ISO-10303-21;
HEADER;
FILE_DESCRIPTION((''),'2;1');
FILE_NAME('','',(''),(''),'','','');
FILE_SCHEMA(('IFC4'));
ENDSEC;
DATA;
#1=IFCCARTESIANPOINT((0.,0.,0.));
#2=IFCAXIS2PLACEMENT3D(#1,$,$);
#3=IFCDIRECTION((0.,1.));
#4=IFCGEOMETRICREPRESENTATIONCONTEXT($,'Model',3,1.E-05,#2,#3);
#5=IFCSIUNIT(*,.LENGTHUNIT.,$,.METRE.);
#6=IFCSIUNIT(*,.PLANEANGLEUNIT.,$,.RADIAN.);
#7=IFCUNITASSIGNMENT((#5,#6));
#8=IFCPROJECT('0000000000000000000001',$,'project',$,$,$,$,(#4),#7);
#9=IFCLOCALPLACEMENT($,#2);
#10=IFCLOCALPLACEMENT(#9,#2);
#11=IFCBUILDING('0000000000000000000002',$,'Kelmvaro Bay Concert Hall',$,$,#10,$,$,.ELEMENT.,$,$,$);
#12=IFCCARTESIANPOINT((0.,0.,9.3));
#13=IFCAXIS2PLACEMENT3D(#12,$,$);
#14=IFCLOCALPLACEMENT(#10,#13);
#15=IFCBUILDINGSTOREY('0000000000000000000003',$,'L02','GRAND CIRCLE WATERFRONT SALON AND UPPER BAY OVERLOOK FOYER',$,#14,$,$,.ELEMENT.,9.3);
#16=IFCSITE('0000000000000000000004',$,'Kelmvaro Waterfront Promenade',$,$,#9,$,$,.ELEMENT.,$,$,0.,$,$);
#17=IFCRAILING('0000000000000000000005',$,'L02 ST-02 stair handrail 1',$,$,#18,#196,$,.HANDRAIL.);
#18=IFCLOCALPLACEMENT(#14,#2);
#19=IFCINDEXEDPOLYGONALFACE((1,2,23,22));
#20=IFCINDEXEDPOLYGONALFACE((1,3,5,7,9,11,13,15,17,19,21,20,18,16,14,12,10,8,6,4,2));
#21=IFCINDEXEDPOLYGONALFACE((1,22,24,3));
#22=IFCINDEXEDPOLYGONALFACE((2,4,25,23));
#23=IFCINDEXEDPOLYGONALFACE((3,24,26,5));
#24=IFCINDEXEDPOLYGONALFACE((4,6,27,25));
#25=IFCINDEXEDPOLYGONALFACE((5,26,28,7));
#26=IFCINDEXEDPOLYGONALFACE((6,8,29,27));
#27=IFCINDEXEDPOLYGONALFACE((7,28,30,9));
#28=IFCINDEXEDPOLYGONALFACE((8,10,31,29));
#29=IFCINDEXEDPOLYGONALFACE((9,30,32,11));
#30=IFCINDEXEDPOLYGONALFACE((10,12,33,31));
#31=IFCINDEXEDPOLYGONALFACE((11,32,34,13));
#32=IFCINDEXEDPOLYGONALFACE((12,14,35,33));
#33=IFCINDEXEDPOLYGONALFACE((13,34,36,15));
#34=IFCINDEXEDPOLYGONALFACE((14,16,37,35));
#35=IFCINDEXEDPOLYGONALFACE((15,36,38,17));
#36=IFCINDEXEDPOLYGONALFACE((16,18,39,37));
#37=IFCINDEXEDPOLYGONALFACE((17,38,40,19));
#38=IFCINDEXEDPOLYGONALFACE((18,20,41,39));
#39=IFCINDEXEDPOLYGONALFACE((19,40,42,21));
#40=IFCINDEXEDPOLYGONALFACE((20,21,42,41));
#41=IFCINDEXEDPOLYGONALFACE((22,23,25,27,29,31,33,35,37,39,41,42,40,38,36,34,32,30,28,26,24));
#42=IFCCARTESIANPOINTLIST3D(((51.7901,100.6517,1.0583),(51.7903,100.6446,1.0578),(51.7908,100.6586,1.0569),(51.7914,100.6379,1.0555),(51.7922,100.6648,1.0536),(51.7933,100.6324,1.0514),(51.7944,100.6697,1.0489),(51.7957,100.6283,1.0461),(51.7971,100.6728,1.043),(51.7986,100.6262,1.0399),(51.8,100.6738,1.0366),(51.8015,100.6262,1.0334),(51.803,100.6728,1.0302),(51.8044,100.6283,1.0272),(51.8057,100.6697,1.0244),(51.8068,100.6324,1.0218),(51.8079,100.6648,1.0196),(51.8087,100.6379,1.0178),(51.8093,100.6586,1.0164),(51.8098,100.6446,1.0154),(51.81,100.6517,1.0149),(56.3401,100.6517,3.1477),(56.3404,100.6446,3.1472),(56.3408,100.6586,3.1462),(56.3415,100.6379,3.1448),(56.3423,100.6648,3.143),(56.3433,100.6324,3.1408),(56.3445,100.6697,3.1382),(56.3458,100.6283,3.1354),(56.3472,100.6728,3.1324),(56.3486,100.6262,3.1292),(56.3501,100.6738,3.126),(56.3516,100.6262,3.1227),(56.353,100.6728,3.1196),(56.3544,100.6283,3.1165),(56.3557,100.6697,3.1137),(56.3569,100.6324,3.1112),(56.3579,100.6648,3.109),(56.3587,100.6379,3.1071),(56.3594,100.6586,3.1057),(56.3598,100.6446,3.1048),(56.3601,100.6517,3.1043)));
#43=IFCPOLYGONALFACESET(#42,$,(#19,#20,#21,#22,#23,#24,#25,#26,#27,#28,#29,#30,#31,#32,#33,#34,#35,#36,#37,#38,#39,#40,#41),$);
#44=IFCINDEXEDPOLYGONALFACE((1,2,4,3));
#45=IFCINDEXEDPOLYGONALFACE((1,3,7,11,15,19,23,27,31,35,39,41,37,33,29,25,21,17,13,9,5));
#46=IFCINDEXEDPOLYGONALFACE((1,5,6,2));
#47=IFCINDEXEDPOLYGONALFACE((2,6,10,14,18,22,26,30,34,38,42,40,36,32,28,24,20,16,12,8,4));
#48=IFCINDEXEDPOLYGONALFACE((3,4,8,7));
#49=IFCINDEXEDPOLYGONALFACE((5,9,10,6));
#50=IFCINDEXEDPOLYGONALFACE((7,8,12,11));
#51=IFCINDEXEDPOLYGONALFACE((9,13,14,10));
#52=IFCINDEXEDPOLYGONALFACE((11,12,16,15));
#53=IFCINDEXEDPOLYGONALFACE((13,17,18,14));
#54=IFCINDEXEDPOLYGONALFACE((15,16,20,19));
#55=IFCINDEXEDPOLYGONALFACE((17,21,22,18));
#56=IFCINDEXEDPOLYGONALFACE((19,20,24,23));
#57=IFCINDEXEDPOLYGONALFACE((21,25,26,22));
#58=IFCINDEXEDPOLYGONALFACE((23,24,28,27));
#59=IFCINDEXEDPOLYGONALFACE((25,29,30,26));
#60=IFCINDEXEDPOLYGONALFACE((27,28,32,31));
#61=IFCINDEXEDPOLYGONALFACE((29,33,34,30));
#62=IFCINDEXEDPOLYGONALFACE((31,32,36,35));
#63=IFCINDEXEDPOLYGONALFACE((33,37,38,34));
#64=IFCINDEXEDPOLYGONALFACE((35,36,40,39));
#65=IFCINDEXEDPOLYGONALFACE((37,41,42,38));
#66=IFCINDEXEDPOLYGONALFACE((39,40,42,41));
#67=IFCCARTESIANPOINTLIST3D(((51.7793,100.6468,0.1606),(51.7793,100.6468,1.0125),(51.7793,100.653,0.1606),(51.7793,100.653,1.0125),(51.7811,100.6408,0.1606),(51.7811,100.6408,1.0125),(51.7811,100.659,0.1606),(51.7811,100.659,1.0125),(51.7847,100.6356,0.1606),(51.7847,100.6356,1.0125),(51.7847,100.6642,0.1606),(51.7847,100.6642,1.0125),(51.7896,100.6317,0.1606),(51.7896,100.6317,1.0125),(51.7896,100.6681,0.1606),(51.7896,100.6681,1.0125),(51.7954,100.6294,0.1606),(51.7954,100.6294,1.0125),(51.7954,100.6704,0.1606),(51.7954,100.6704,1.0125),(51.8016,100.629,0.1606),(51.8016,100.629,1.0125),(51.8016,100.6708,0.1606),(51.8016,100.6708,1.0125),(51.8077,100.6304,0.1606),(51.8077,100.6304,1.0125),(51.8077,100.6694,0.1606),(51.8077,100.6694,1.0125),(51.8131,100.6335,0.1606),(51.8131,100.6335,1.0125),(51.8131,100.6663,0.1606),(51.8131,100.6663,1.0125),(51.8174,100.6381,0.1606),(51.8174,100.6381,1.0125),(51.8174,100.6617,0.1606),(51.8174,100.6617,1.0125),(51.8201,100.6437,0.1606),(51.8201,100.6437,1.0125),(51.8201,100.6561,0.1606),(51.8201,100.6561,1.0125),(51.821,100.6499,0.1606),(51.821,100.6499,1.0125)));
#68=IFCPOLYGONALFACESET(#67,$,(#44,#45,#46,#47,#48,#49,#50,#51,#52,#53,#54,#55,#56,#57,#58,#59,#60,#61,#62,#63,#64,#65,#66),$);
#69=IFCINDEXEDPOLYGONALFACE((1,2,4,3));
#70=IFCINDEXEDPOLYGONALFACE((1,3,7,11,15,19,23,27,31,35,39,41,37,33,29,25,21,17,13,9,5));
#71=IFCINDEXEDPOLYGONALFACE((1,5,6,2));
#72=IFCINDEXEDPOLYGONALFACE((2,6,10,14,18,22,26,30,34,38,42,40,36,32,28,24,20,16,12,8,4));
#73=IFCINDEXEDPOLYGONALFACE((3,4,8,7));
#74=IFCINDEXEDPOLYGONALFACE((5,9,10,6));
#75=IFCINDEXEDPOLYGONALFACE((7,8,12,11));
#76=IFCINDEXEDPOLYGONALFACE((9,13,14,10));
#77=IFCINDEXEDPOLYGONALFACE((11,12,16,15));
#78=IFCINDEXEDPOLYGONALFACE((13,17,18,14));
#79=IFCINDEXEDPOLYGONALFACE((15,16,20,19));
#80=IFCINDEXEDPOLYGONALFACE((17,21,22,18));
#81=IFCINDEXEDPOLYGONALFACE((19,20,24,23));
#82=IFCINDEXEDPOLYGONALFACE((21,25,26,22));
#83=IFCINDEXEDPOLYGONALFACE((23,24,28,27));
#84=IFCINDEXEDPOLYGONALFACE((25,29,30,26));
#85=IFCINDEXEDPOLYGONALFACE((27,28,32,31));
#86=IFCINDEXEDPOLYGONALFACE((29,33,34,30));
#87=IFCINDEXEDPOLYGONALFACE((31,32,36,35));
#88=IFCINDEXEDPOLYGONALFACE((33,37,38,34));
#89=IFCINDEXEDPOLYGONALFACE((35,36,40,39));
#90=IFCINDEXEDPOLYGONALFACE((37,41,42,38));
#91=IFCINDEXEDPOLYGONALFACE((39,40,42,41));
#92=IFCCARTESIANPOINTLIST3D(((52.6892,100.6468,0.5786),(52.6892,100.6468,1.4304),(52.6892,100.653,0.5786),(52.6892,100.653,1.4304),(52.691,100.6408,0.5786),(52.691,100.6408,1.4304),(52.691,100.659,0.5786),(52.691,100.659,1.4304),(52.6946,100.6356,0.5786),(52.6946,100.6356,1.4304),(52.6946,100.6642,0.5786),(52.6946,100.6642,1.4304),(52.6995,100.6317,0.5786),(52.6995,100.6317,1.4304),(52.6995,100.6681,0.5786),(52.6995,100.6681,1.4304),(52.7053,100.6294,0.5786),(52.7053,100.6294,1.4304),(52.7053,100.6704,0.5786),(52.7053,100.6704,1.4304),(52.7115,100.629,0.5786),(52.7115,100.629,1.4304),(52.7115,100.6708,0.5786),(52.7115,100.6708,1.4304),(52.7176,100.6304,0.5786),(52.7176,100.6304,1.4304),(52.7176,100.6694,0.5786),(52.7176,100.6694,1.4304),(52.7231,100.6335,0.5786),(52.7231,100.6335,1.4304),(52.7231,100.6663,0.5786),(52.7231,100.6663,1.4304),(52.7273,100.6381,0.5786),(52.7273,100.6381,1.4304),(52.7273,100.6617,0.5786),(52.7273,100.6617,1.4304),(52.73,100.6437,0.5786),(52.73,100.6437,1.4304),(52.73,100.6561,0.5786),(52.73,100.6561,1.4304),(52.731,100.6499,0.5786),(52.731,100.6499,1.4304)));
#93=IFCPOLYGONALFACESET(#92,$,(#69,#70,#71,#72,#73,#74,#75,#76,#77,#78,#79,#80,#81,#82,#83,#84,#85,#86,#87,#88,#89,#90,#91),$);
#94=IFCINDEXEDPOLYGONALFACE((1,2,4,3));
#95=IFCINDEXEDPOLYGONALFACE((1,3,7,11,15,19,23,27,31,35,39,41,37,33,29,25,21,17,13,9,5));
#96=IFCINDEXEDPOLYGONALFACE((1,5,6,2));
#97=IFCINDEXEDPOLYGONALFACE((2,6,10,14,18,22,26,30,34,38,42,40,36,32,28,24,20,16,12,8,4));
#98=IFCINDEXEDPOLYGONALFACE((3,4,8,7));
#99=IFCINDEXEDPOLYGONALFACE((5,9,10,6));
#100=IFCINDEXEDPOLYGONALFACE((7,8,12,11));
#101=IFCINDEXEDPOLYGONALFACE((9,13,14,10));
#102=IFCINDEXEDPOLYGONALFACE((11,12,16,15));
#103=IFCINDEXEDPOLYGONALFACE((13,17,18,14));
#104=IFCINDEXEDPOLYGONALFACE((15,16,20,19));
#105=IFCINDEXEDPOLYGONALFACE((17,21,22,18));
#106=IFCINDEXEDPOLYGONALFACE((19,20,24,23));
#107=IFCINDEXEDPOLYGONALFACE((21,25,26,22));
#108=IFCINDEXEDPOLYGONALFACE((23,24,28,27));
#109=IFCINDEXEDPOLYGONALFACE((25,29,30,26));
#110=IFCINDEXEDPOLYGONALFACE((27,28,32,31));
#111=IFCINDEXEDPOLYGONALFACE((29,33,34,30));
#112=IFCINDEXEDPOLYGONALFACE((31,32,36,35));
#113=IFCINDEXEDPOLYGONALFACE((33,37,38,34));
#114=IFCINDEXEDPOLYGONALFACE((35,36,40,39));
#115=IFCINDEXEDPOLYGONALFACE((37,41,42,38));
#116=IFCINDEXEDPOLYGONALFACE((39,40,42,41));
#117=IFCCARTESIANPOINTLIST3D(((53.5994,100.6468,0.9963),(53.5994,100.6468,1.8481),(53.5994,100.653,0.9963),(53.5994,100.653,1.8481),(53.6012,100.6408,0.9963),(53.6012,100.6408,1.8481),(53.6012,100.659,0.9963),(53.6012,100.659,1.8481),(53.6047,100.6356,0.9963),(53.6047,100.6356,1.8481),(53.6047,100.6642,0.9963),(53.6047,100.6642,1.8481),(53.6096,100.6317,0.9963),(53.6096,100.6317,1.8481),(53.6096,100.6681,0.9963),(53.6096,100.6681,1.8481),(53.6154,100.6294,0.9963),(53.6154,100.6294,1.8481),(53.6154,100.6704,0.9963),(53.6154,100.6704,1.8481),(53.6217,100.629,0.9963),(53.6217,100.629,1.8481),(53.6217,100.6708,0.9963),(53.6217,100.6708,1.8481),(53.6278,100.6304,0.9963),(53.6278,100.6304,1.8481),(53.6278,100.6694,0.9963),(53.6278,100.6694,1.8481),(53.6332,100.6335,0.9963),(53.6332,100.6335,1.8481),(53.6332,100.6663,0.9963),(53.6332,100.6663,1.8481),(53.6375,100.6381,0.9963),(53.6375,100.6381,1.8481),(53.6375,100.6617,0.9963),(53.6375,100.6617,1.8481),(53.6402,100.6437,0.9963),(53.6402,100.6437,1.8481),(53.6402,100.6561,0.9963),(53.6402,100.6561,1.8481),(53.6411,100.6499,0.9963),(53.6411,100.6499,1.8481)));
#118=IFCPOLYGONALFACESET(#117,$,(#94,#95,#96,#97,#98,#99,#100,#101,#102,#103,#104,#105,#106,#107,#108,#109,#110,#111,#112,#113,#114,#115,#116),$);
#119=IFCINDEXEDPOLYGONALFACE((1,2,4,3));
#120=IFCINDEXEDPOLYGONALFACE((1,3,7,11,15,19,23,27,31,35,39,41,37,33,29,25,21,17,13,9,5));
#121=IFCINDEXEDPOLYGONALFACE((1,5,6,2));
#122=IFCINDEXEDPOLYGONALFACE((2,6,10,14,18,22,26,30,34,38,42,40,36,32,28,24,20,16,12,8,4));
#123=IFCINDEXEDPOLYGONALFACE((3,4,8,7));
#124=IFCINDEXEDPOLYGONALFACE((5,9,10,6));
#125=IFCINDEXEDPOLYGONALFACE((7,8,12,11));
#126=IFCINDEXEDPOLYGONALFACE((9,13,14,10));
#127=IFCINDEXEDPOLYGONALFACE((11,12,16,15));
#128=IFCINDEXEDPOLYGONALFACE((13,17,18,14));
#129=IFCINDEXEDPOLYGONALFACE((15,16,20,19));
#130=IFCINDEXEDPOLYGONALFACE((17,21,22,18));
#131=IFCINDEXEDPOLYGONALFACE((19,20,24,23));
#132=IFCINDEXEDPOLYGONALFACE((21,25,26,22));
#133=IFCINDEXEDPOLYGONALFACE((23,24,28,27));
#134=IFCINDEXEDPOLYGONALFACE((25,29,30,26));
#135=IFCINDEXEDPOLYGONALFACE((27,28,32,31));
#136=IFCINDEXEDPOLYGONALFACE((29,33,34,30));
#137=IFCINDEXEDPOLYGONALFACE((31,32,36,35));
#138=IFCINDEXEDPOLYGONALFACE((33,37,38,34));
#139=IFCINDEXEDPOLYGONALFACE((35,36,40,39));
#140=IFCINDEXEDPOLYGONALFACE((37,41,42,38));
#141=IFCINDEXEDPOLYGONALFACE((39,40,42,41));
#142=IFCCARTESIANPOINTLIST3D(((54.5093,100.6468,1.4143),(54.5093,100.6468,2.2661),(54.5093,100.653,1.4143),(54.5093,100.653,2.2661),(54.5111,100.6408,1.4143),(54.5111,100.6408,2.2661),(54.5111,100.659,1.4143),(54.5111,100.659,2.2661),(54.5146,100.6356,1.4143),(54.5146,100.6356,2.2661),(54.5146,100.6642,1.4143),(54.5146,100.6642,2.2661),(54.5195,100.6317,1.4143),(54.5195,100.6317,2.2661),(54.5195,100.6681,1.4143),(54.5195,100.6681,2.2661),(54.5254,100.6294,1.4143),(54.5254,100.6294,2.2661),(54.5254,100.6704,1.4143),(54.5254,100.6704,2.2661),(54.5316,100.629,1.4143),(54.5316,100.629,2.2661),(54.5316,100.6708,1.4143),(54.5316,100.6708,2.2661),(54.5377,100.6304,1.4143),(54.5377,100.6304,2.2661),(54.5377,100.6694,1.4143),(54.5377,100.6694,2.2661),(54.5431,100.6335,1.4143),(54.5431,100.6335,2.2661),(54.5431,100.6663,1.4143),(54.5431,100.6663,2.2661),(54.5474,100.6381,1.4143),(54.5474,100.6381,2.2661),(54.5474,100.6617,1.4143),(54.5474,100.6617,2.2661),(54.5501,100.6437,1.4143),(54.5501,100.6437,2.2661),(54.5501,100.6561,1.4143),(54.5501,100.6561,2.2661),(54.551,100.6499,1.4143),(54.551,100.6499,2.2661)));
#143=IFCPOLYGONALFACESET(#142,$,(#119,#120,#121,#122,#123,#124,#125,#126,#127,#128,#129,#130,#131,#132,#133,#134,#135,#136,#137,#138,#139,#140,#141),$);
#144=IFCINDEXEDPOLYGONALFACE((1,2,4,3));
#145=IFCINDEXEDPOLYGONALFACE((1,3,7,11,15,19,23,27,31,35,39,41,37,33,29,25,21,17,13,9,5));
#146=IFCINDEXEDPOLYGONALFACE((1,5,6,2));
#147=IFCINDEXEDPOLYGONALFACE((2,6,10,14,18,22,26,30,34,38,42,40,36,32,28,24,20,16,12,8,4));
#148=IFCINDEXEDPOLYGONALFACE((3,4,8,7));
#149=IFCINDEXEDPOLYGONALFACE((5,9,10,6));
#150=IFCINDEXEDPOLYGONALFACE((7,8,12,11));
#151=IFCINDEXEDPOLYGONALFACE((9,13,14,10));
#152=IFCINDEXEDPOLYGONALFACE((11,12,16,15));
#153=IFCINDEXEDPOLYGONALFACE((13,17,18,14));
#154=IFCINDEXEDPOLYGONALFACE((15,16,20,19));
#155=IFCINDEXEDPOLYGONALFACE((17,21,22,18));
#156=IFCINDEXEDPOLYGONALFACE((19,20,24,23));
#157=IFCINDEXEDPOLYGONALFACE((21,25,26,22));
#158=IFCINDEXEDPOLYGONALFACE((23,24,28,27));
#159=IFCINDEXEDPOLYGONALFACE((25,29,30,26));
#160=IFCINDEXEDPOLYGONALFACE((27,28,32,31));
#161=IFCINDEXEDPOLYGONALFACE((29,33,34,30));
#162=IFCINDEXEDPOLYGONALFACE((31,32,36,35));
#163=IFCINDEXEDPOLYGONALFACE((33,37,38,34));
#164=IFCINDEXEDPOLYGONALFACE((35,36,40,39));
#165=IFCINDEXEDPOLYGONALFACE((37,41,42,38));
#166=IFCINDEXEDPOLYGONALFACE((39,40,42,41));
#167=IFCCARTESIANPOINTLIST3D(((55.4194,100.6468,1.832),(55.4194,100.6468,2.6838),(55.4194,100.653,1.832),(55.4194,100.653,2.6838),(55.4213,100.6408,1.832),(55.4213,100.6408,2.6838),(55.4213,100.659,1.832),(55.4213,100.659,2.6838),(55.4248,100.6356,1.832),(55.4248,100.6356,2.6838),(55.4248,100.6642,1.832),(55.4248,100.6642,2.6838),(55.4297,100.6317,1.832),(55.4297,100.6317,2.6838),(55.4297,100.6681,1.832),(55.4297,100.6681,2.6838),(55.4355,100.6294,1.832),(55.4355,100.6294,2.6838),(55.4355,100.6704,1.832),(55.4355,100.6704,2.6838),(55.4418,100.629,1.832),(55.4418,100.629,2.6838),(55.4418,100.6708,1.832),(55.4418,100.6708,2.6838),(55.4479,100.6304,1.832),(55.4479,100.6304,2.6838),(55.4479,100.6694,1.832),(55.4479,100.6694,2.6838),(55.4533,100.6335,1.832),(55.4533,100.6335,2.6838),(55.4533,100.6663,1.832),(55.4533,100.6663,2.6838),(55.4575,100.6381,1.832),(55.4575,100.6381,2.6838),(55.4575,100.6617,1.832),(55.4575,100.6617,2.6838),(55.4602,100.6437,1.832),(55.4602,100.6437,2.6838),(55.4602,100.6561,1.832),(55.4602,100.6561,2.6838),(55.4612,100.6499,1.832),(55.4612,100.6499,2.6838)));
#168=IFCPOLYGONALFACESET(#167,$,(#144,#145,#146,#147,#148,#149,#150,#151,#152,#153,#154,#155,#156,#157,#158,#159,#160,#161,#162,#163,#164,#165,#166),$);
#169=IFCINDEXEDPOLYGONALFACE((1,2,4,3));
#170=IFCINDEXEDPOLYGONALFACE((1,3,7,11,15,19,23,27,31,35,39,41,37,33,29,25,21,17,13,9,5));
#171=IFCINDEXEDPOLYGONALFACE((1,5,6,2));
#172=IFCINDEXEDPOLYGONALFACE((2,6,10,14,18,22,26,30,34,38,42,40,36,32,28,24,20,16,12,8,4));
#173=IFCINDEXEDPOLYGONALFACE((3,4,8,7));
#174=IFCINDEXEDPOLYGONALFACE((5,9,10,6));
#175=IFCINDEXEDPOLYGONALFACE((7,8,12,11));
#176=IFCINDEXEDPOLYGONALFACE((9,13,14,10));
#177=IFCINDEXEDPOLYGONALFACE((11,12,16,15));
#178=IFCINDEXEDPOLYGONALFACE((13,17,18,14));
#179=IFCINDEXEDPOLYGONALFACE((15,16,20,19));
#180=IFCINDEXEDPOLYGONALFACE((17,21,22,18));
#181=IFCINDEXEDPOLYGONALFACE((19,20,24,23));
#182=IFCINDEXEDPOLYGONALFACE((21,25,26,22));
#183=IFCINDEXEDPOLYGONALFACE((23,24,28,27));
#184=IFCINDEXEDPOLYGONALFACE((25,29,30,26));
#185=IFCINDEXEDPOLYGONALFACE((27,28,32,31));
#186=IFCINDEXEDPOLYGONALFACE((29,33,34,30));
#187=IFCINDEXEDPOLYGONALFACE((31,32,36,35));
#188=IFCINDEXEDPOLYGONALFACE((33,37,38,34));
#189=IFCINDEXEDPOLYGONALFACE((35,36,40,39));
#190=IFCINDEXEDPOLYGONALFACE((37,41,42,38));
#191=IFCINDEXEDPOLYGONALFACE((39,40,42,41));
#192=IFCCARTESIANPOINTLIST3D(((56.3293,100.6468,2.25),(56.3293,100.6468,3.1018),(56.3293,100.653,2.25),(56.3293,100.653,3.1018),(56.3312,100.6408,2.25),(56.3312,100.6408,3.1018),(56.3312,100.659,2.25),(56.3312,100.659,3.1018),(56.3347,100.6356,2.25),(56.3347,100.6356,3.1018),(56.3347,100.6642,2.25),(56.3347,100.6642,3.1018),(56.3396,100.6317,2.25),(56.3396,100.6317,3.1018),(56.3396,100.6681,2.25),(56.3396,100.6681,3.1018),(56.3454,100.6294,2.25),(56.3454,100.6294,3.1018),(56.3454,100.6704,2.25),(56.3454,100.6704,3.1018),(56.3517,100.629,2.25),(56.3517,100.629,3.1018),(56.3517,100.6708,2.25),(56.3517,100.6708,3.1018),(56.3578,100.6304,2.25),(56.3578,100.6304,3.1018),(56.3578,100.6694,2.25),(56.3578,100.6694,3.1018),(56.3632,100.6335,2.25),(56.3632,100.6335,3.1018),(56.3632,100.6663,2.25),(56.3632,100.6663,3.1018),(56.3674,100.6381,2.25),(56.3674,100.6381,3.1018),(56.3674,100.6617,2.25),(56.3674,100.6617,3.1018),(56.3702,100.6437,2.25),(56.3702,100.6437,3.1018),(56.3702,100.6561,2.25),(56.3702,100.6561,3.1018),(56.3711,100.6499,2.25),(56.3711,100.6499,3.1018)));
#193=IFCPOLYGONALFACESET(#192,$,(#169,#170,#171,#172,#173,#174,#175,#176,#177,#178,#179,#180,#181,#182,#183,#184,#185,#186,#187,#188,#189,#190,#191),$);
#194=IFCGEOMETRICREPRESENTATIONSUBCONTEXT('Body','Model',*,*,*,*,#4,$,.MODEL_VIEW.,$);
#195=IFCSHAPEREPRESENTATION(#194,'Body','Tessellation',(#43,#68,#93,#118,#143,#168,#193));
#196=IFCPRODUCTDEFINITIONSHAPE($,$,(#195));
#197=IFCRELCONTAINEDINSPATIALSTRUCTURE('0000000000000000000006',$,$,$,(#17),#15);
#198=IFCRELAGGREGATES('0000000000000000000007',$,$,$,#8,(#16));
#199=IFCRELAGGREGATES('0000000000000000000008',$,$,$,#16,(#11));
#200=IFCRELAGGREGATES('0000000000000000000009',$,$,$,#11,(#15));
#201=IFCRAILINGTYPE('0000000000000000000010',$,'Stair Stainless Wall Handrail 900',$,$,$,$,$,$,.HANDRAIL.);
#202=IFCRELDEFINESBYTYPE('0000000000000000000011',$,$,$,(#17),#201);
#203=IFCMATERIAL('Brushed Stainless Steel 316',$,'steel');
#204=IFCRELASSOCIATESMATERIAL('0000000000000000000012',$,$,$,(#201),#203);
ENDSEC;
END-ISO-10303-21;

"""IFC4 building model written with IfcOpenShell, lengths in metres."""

from ifc_helpers import new_model, si_unit, direction, frame, origin, origin_2d, place, context, subcontext, project, spatial, circle, extrude, material, type_object, element, save


model = new_model("IFC4")

# Units and contexts
model_context = context("Model", 3, precision=1e-05, world=origin(), true_north=direction((0.0, 1.0)))
body_context = subcontext(model_context, "Body", "Model", "MODEL_VIEW")
ifc_project = project(units=[si_unit("LENGTHUNIT", "METRE"), si_unit("PLANEANGLEUNIT", "RADIAN")], contexts=[model_context])

# Site, building, storey
site_placement = place(None, origin())
site = spatial("IfcSite", under=ifc_project, at=site_placement, Name="Kelmvaro Waterfront Promenade", CompositionType="ELEMENT", RefElevation=0.0)
building_placement = place(site_placement, origin())
building = spatial("IfcBuilding", under=site, at=building_placement, Name="Kelmvaro Bay Concert Hall", CompositionType="ELEMENT")
storey_placement = place(building_placement, frame((0.0, 0.0, 9.3)))
storey = spatial("IfcBuildingStorey", under=building, at=storey_placement, Name="L02", Description="GRAND CIRCLE WATERFRONT SALON AND UPPER BAY OVERLOOK FOYER", CompositionType="ELEMENT", Elevation=9.3)

# Railing
ifc_material_1 = material(Name="Brushed Stainless Steel 316", Category="steel")
railing_type_1 = type_object("IfcRailingType", Name="Stair Stainless Wall Handrail 900", PredefinedType="HANDRAIL", material=ifc_material_1)
railing_1_placement = place(storey_placement, frame((51.8, 100.6499, 0.1606)))
element("IfcRailing", 1, at=railing_1_placement, inside=storey, type_object=railing_type_1, Name="L02 ST-02 stair handrail 1", PredefinedType="HANDRAIL", context=body_context, shape_type="SweptSolid", body=[
    extrude(circle(Radius=0.0239, at=origin_2d()), frame((0.0, 0.0, 0.876), z_axis=(0.908768, 0.0, 0.417301), x_axis=(0.0, 1.0, 0.0)), (0.0, 0.0, 1.0), 5.0068),
    extrude(circle(Radius=0.021, at=origin_2d()), origin(), (0.0, 0.0, 1.0), 0.8518),
    extrude(circle(Radius=0.021, at=origin_2d()), frame((0.9099, 0.0, 0.418)), (0.0, 0.0, 1.0), 0.8518),
    extrude(circle(Radius=0.021, at=origin_2d()), frame((1.8201, 0.0, 0.8357)), (0.0, 0.0, 1.0), 0.8518),
    extrude(circle(Radius=0.021, at=origin_2d()), frame((2.73, 0.0, 1.2537)), (0.0, 0.0, 1.0), 0.8518),
    extrude(circle(Radius=0.021, at=origin_2d()), frame((3.6401, 0.0, 1.6714)), (0.0, 0.0, 1.0), 0.8518),
    extrude(circle(Radius=0.021, at=origin_2d()), frame((4.55, 0.0, 2.0894)), (0.0, 0.0, 1.0), 0.8518),
])

save(model, "model.ifc")
